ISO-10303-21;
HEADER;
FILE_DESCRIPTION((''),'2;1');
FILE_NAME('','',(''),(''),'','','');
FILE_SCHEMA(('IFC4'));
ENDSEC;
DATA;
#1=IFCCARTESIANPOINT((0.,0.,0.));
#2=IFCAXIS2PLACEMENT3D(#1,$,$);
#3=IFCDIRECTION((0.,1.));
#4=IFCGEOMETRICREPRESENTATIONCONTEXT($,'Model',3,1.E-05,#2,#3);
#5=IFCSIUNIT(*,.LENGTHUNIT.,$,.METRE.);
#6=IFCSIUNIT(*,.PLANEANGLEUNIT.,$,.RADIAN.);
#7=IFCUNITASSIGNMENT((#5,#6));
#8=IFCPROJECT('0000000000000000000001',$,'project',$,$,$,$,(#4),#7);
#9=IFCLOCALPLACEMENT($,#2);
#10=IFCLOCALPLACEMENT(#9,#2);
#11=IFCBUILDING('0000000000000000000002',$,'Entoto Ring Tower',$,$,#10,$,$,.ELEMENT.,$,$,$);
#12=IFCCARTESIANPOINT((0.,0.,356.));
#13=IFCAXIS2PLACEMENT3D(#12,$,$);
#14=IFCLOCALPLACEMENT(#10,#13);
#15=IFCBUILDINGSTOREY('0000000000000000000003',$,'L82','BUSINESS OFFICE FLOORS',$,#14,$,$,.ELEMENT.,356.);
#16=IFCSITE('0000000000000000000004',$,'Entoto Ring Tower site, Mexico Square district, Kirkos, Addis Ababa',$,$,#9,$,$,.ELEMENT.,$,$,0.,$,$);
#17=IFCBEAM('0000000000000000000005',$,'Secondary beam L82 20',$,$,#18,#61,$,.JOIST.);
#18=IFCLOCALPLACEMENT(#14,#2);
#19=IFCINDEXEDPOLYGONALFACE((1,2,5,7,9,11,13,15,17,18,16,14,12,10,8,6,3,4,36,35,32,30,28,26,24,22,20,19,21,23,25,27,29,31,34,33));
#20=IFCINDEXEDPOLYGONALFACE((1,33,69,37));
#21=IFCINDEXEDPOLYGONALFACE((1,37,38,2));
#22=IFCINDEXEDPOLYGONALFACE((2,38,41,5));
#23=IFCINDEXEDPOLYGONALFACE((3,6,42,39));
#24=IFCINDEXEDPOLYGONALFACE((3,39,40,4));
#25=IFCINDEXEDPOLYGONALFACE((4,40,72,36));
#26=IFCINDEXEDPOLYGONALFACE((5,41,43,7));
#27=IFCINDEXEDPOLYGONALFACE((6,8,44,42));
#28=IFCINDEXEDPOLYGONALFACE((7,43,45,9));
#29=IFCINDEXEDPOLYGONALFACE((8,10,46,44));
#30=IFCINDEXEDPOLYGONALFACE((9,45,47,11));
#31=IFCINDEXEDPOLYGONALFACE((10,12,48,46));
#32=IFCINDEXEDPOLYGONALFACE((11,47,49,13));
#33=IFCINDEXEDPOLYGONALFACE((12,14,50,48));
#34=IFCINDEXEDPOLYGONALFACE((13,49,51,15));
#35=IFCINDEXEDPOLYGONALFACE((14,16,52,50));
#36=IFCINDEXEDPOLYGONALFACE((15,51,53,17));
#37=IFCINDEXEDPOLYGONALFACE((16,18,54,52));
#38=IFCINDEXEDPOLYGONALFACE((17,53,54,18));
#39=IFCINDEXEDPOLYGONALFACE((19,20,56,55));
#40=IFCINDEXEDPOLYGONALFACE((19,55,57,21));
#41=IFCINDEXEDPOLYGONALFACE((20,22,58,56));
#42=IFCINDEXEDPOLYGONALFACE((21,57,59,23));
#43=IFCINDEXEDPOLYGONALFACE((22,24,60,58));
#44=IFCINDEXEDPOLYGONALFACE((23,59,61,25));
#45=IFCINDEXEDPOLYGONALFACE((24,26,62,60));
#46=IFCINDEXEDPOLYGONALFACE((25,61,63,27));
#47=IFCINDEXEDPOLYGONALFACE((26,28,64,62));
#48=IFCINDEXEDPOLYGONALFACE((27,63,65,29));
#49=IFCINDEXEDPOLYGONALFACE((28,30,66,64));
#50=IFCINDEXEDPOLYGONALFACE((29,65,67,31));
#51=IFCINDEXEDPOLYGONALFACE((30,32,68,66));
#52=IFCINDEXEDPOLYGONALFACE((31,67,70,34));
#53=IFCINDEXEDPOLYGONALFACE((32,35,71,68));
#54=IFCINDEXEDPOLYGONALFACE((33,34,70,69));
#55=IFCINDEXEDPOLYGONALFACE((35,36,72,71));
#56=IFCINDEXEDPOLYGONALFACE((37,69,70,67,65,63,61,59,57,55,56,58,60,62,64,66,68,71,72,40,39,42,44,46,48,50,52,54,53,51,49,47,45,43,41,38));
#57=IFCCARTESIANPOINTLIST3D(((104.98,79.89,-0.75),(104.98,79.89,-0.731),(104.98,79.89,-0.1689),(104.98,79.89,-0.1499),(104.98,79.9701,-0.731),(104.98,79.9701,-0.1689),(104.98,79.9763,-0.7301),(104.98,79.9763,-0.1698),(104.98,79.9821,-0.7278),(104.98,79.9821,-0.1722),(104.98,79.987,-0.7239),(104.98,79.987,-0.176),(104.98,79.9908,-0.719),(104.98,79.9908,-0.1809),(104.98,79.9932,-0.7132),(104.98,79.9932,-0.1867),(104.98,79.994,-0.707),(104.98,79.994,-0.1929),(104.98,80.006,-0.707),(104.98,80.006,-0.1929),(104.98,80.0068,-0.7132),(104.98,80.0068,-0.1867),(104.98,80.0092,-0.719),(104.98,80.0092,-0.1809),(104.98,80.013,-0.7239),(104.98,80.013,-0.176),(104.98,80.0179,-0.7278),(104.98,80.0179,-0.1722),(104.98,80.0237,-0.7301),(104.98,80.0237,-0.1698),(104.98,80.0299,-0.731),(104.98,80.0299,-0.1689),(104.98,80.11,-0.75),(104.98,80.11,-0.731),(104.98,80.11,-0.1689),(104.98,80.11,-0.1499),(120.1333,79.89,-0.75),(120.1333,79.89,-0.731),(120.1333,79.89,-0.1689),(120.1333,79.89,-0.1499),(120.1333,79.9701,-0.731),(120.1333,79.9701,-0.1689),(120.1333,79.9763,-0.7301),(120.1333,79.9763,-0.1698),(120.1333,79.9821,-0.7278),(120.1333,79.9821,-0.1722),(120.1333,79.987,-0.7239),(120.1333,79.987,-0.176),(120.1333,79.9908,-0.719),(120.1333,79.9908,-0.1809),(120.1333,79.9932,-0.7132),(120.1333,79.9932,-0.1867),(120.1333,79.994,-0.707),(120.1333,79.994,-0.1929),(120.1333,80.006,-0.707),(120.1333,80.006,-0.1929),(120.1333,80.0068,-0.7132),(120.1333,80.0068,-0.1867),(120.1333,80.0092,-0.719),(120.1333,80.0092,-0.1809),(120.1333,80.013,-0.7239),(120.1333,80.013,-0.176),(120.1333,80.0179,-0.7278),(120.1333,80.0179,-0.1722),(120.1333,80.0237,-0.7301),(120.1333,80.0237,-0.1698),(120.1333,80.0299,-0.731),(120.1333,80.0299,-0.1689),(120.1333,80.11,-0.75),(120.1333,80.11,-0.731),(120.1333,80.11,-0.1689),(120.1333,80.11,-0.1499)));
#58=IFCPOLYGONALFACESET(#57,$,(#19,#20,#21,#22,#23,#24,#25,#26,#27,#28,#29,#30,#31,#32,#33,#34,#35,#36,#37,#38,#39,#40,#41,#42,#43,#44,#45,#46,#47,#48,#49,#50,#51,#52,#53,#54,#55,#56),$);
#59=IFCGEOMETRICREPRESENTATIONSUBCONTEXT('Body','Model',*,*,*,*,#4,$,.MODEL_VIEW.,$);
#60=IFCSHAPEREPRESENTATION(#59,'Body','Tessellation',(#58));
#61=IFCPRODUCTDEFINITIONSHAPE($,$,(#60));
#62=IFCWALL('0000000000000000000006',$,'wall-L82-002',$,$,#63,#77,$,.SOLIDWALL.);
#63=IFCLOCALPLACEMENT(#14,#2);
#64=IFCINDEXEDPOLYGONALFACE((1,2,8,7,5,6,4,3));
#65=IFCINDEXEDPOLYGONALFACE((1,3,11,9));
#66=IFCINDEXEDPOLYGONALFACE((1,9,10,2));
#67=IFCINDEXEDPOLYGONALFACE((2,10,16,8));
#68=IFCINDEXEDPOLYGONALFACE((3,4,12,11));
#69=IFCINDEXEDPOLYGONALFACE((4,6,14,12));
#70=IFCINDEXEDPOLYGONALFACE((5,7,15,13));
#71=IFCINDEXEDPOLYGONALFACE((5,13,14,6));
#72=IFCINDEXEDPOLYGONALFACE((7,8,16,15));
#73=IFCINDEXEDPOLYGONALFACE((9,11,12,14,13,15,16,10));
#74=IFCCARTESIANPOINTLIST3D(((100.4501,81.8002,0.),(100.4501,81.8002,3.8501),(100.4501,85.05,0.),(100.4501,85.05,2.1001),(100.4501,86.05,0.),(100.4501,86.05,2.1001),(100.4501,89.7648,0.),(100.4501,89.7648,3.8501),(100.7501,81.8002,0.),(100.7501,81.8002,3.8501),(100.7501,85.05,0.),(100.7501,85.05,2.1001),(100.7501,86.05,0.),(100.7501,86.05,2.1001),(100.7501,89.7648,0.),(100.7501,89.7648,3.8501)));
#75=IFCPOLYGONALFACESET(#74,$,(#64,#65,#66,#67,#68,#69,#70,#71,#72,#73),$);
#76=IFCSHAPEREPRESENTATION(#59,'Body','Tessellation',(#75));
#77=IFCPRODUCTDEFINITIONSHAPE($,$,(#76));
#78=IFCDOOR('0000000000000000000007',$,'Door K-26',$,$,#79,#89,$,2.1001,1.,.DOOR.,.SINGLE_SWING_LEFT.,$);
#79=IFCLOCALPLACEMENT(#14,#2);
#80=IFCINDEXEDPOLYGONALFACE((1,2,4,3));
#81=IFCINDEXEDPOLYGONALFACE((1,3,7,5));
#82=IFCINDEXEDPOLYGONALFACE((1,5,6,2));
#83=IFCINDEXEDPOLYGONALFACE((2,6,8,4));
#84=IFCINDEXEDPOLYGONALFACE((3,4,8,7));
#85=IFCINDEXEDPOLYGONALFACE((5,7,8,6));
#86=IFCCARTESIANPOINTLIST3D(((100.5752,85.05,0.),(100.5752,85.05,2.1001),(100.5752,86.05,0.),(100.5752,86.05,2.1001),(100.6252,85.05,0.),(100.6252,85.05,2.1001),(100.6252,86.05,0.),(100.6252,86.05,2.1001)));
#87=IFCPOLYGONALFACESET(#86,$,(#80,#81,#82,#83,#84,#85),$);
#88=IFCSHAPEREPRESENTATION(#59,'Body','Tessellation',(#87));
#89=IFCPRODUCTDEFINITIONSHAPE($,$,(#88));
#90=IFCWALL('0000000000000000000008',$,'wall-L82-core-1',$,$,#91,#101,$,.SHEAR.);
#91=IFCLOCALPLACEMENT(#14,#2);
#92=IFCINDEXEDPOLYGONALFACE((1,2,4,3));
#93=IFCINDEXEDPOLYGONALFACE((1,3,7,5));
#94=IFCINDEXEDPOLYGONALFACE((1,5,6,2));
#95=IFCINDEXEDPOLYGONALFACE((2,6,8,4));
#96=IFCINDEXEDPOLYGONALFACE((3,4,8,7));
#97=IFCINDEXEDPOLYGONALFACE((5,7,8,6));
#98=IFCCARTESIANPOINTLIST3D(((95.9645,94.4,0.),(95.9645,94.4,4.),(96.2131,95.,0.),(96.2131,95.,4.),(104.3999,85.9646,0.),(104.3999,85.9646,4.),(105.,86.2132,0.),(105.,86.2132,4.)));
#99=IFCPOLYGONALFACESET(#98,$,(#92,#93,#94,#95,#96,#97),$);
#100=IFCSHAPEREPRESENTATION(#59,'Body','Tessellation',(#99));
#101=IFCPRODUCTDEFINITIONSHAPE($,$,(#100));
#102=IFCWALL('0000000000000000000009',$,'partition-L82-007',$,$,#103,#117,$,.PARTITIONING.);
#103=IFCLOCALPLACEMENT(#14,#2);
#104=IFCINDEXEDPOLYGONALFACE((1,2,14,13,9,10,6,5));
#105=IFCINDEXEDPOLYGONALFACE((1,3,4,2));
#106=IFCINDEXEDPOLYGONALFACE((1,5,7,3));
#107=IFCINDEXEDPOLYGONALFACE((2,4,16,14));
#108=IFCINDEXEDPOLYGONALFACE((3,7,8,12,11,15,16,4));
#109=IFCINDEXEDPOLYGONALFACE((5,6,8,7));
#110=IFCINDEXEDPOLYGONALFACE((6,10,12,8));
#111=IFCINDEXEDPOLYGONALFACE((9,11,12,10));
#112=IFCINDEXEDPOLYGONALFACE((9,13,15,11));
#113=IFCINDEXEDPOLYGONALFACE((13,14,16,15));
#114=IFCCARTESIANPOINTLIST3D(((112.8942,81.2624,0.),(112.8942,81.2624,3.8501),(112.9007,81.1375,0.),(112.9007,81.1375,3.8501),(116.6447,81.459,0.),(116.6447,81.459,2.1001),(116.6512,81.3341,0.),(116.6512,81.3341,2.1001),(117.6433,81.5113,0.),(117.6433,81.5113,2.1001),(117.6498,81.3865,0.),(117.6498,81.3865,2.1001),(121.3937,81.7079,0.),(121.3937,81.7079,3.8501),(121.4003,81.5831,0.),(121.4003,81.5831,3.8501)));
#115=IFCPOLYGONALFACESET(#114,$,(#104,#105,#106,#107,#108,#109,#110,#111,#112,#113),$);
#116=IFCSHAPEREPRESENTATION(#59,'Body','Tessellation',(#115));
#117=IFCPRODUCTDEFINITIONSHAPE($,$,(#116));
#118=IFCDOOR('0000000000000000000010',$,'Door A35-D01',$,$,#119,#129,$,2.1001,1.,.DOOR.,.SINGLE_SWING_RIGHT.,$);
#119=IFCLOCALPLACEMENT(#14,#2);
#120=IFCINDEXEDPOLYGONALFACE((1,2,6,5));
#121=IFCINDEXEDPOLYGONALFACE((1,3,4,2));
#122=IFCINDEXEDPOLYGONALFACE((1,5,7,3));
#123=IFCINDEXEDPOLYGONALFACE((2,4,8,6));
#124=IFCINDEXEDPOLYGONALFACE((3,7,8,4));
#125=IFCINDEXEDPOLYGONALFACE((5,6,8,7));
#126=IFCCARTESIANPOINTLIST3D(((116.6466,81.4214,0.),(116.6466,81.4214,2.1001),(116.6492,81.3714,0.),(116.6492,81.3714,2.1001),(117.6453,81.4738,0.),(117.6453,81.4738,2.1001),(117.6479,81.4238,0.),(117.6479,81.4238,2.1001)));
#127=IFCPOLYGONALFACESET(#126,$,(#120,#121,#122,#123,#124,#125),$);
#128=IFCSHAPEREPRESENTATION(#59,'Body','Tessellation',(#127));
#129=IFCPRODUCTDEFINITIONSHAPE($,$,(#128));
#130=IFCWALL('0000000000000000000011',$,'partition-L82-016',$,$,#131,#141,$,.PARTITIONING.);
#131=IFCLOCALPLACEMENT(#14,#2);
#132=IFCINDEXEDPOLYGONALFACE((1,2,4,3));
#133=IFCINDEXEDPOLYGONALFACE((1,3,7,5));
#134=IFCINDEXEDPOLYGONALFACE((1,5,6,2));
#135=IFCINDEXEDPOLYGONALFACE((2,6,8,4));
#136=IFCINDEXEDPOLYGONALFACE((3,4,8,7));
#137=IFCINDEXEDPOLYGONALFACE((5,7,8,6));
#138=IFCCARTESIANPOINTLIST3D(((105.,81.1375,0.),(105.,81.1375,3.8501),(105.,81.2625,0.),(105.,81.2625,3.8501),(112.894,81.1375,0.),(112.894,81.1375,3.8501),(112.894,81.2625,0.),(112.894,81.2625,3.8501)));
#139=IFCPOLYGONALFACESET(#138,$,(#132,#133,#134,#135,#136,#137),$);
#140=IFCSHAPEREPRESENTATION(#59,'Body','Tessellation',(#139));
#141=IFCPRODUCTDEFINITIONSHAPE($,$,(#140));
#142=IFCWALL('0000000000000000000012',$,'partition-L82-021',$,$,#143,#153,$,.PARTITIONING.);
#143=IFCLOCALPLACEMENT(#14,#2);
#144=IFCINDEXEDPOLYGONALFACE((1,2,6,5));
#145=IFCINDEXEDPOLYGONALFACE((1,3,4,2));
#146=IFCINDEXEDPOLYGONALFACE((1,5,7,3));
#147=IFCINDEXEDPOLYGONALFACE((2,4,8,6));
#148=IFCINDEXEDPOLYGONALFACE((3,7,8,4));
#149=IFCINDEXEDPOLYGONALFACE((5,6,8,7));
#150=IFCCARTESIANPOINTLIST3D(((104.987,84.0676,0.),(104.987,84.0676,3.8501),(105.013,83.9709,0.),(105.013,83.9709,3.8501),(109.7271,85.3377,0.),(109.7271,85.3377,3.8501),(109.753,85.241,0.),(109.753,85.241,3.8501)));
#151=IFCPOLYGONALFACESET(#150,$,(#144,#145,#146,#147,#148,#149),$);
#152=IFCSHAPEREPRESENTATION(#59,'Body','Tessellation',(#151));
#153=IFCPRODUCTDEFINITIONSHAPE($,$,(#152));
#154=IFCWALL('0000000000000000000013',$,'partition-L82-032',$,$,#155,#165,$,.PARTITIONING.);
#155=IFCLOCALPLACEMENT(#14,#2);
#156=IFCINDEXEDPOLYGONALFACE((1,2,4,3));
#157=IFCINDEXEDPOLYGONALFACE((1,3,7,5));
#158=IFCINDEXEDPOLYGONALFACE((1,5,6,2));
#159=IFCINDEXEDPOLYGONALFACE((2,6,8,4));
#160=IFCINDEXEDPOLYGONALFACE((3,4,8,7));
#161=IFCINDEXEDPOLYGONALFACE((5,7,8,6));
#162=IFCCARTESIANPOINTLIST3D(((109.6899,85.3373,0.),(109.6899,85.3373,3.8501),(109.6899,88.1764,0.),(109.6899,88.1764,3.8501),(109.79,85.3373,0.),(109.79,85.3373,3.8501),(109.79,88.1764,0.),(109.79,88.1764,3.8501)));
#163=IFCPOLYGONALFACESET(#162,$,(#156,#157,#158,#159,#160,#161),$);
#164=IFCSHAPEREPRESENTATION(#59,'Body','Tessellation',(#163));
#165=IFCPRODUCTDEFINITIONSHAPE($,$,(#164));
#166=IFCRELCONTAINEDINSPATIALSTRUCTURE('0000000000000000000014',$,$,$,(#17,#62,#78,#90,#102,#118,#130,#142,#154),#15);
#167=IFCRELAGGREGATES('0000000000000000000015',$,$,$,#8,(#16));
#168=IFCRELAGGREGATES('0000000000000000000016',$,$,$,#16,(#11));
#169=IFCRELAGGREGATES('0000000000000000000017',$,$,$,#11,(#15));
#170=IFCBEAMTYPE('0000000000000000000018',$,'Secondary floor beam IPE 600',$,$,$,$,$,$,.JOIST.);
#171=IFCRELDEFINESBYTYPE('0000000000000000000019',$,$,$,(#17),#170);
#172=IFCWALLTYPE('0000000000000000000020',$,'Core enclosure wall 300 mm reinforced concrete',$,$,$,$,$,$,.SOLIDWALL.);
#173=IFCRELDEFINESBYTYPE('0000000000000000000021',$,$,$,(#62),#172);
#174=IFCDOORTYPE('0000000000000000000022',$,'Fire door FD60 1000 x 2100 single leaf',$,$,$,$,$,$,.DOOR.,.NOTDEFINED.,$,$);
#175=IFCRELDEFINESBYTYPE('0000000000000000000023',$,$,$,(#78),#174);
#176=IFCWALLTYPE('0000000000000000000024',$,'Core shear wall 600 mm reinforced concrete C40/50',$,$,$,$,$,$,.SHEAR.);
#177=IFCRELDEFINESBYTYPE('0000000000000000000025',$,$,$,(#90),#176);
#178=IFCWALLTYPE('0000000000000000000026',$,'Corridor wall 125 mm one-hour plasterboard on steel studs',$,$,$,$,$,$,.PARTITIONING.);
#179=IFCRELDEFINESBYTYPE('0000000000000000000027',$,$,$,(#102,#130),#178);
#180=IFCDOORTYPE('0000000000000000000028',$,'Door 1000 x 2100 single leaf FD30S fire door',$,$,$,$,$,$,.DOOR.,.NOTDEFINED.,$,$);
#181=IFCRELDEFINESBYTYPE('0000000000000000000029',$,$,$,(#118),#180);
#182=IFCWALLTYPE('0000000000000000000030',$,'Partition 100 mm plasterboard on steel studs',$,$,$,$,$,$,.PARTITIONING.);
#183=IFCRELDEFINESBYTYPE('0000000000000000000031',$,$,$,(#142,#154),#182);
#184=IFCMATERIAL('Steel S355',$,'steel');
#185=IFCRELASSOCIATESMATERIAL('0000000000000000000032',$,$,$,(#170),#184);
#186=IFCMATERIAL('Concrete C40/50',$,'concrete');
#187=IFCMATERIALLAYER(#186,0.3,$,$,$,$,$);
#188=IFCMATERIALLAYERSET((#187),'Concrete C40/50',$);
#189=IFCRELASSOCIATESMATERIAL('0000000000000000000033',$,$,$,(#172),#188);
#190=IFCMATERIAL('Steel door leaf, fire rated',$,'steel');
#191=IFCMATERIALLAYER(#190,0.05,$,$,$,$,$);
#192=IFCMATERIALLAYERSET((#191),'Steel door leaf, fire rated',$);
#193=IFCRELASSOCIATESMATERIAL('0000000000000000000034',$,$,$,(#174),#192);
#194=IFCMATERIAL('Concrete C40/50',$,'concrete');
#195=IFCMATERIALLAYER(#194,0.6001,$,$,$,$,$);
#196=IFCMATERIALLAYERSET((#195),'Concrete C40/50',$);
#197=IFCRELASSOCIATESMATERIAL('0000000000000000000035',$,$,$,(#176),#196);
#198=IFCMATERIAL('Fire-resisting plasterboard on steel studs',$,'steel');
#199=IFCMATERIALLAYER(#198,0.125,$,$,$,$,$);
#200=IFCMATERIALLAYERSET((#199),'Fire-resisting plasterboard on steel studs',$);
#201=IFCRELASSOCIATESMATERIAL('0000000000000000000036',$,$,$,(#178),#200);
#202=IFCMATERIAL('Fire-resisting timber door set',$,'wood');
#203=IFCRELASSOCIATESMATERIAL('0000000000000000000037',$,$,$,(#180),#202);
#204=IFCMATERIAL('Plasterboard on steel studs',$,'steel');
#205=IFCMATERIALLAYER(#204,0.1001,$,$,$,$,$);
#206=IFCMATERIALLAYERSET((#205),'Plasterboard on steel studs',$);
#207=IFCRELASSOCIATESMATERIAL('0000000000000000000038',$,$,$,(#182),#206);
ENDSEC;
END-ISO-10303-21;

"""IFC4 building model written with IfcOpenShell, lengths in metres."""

from ifc_helpers import new_model, si_unit, direction, frame, frame_2d, origin, origin_2d, place, context, subcontext, project, spatial, polyline, rectangle, i_section, outline, extrude, material, layer, layer_set, material_profile, profile_set, type_object, element, fill, save


model = new_model("IFC4")

# Units and contexts
model_context = context("Model", 3, precision=1e-05, world=origin(), true_north=direction((0.0, 1.0)))
body_context = subcontext(model_context, "Body", "Model", "MODEL_VIEW")
ifc_project = project(units=[si_unit("LENGTHUNIT", "METRE"), si_unit("PLANEANGLEUNIT", "RADIAN")], contexts=[model_context])

# Site, building, storey
site_placement = place(None, origin())
site = spatial("IfcSite", under=ifc_project, at=site_placement, Name="Entoto Ring Tower site, Mexico Square district, Kirkos, Addis Ababa", CompositionType="ELEMENT", RefElevation=0.0)
building_placement = place(site_placement, origin())
building = spatial("IfcBuilding", under=site, at=building_placement, Name="Entoto Ring Tower", CompositionType="ELEMENT")
storey_placement = place(building_placement, frame((0.0, 0.0, 356.0)))
storey = spatial("IfcBuildingStorey", under=building, at=storey_placement, Name="L82", Description="BUSINESS OFFICE FLOORS", CompositionType="ELEMENT", Elevation=356.0)

# Beam
ifc_material_1 = material(Name="Steel S355", Category="steel")
ifc_material_profile_1 = material_profile(ifc_material_1, i_section(OverallWidth=0.22, OverallDepth=0.6001, WebThickness=0.012, FlangeThickness=0.019, FilletRadius=0.0239, at=origin_2d()), Name="IPE 600")
ifc_profile_set_1 = profile_set([ifc_material_profile_1], Name="Steel S355")
beam_type_1 = type_object("IfcBeamType", Name="Secondary floor beam IPE 600", PredefinedType="JOIST", material=ifc_profile_set_1)
beam_1_placement = place(storey_placement, frame((104.98, 80.0, -0.45), z_axis=(1.0, 0.0, 0.0), x_axis=(0.0, 1.0, 0.0)))
element("IfcBeam", 1, at=beam_1_placement, inside=storey, type_object=beam_type_1, Name="Secondary beam L82 20", PredefinedType="JOIST", context=body_context, shape_type="SweptSolid", body=[
    extrude(i_section(OverallWidth=0.22, OverallDepth=0.6001, WebThickness=0.012, FlangeThickness=0.019, FilletRadius=0.0239, at=origin_2d()), origin(), (0.0, 0.0, 1.0), 15.1533),
])

# Wall, opening, door
ifc_material_2 = material(Name="Concrete C40/50", Category="concrete")
ifc_layer_1 = layer(ifc_material_2, 0.3)
ifc_layer_set_1 = layer_set([ifc_layer_1], Name="Concrete C40/50")
wall_type_1 = type_object("IfcWallType", Name="Core enclosure wall 300 mm reinforced concrete", PredefinedType="SOLIDWALL", material=ifc_layer_set_1)
wall_1_placement = place(storey_placement, frame((100.6001, 81.8, 0.0), z_axis=(0.0, 0.0, 1.0), x_axis=(0.0, 1.0, 0.0)))
wall_1 = element("IfcWall", 2, at=wall_1_placement, inside=storey, type_object=wall_type_1, Name="wall-L82-002", PredefinedType="SOLIDWALL", context=body_context, shape_type="SweptSolid", body=[
    extrude(rectangle(XDim=7.9646, YDim=0.3, at=frame_2d((3.9824, 0.0))), origin(), (0.0, 0.0, 1.0), 3.8501),
])
opening_1_placement = place(wall_1_placement, frame((3.25, 0.0, 0.0)))
opening_1 = element("IfcOpeningElement", 3, at=opening_1_placement, cuts=wall_1, PredefinedType="OPENING", context=body_context, shape_type="SweptSolid", body=[
    extrude(rectangle(XDim=1.0, YDim=2.1001, at=frame_2d((0.5, 1.05))), frame((0.0, 0.1602, 0.0), z_axis=(0.0, -1.0, 0.0), x_axis=(1.0, 0.0, 0.0)), (0.0, 0.0, 1.0), 0.3201),
])
ifc_material_3 = material(Name="Steel door leaf, fire rated", Category="steel")
ifc_layer_2 = layer(ifc_material_3, 0.05)
ifc_layer_set_2 = layer_set([ifc_layer_2], Name="Steel door leaf, fire rated")
door_type_1 = type_object("IfcDoorType", Name="Fire door FD60 1000 x 2100 single leaf", OperationType="NOTDEFINED", PredefinedType="DOOR", material=ifc_layer_set_2)
door_1_placement = place(opening_1_placement, origin())
door_1 = element("IfcDoor", 4, at=door_1_placement, inside=storey, type_object=door_type_1, Name="Door K-26", OperationType="SINGLE_SWING_LEFT", OverallHeight=2.1001, OverallWidth=1.0, PredefinedType="DOOR", context=body_context, shape_type="SweptSolid", body=[
    extrude(rectangle(XDim=1.0, YDim=2.1001, at=frame_2d((0.5, 1.05))), frame((0.0, 0.0249, 0.0), z_axis=(0.0, -1.0, 0.0), x_axis=(1.0, 0.0, 0.0)), (0.0, 0.0, 1.0), 0.05),
])
fill(opening_1, door_1)

# Wall
ifc_material_4 = material(Name="Concrete C40/50", Category="concrete")
ifc_layer_3 = layer(ifc_material_4, 0.6001)
ifc_layer_set_3 = layer_set([ifc_layer_3], Name="Concrete C40/50")
wall_type_2 = type_object("IfcWallType", Name="Core shear wall 600 mm reinforced concrete C40/50", PredefinedType="SHEAR", material=ifc_layer_set_3)
wall_2_placement = place(storey_placement, frame((104.7, 86.0889, 0.0), z_axis=(0.0, 0.0, 1.0), x_axis=(-0.707107, 0.707107, 0.0)))
element("IfcWall", 5, at=wall_2_placement, inside=storey, type_object=wall_type_2, Name="wall-L82-core-1", PredefinedType="SHEAR", context=body_context, shape_type="SweptSolid", body=[
    extrude(outline(polyline([(-0.1243, -0.3), (12.3022, -0.3), (12.0537, 0.3), (0.1243, 0.3), (-0.1243, -0.3)])), origin(), (0.0, 0.0, 1.0), 4.0),
])

# Wall, opening, door
ifc_material_5 = material(Name="Fire-resisting plasterboard on steel studs", Category="steel")
ifc_layer_4 = layer(ifc_material_5, 0.125)
ifc_layer_set_4 = layer_set([ifc_layer_4], Name="Fire-resisting plasterboard on steel studs")
wall_type_3 = type_object("IfcWallType", Name="Corridor wall 125 mm one-hour plasterboard on steel studs", PredefinedType="PARTITIONING", material=ifc_layer_set_4)
wall_3_placement = place(storey_placement, frame((112.8975, 81.2, 0.0), z_axis=(0.0, 0.0, 1.0), x_axis=(0.998629, 0.05235, 0.0)))
wall_3 = element("IfcWall", 6, at=wall_3_placement, inside=storey, type_object=wall_type_3, Name="partition-L82-007", PredefinedType="PARTITIONING", context=body_context, shape_type="SweptSolid", body=[
    extrude(rectangle(XDim=8.5112, YDim=0.125, at=frame_2d((4.2556, 0.0))), origin(), (0.0, 0.0, 1.0), 3.8501),
])
opening_2_placement = place(wall_3_placement, frame((3.7556, 0.0, 0.0)))
opening_2 = element("IfcOpeningElement", 7, at=opening_2_placement, cuts=wall_3, PredefinedType="OPENING", context=body_context, shape_type="SweptSolid", body=[
    extrude(rectangle(XDim=1.0, YDim=2.1001, at=frame_2d((0.5, 1.05))), frame((0.0, 0.0725, 0.0), z_axis=(0.0, -1.0, 0.0), x_axis=(1.0, 0.0, 0.0)), (0.0, 0.0, 1.0), 0.145),
])
ifc_material_6 = material(Name="Fire-resisting timber door set", Category="wood")
door_type_2 = type_object("IfcDoorType", Name="Door 1000 x 2100 single leaf FD30S fire door", OperationType="NOTDEFINED", PredefinedType="DOOR", material=ifc_material_6)
door_2_placement = place(opening_2_placement, origin())
door_2 = element("IfcDoor", 8, at=door_2_placement, inside=storey, type_object=door_type_2, Name="Door A35-D01", OperationType="SINGLE_SWING_RIGHT", OverallHeight=2.1001, OverallWidth=1.0, PredefinedType="DOOR", context=body_context, shape_type="SweptSolid", body=[
    extrude(rectangle(XDim=1.0, YDim=2.1001, at=frame_2d((0.5, 1.05))), frame((0.0, 0.0249, 0.0), z_axis=(0.0, -1.0, 0.0), x_axis=(1.0, 0.0, 0.0)), (0.0, 0.0, 1.0), 0.05),
])
fill(opening_2, door_2)

# Walls
wall_4_placement = place(storey_placement, frame((105.0, 81.2, 0.0), z_axis=(0.0, 0.0, 1.0), x_axis=(1.0, 0.0, 0.0)))
element("IfcWall", 9, at=wall_4_placement, inside=storey, type_object=wall_type_3, Name="partition-L82-016", PredefinedType="PARTITIONING", context=body_context, shape_type="SweptSolid", body=[
    extrude(rectangle(XDim=7.894, YDim=0.125, at=frame_2d((3.947, 0.0))), origin(), (0.0, 0.0, 1.0), 3.8501),
])
ifc_material_7 = material(Name="Plasterboard on steel studs", Category="steel")
ifc_layer_5 = layer(ifc_material_7, 0.1001)
ifc_layer_set_5 = layer_set([ifc_layer_5], Name="Plasterboard on steel studs")
wall_type_4 = type_object("IfcWallType", Name="Partition 100 mm plasterboard on steel studs", PredefinedType="PARTITIONING", material=ifc_layer_set_5)
wall_5_placement = place(storey_placement, frame((105.0, 84.0193, 0.0), z_axis=(0.0, 0.0, 1.0), x_axis=(0.965929, 0.258808, 0.0)))
element("IfcWall", 10, at=wall_5_placement, inside=storey, type_object=wall_type_4, Name="partition-L82-021", PredefinedType="PARTITIONING", context=body_context, shape_type="SweptSolid", body=[
    extrude(rectangle(XDim=4.9072, YDim=0.1001, at=frame_2d((2.4536, 0.0))), origin(), (0.0, 0.0, 1.0), 3.8501),
])
wall_6_placement = place(storey_placement, frame((109.74, 85.3374, 0.0), z_axis=(0.0, 0.0, 1.0), x_axis=(0.0, 1.0, 0.0)))
element("IfcWall", 11, at=wall_6_placement, inside=storey, type_object=wall_type_4, Name="partition-L82-032", PredefinedType="PARTITIONING", context=body_context, shape_type="SweptSolid", body=[
    extrude(rectangle(XDim=2.8391, YDim=0.1001, at=frame_2d((1.4194, 0.0))), origin(), (0.0, 0.0, 1.0), 3.8501),
])

save(model, "model.ifc")
